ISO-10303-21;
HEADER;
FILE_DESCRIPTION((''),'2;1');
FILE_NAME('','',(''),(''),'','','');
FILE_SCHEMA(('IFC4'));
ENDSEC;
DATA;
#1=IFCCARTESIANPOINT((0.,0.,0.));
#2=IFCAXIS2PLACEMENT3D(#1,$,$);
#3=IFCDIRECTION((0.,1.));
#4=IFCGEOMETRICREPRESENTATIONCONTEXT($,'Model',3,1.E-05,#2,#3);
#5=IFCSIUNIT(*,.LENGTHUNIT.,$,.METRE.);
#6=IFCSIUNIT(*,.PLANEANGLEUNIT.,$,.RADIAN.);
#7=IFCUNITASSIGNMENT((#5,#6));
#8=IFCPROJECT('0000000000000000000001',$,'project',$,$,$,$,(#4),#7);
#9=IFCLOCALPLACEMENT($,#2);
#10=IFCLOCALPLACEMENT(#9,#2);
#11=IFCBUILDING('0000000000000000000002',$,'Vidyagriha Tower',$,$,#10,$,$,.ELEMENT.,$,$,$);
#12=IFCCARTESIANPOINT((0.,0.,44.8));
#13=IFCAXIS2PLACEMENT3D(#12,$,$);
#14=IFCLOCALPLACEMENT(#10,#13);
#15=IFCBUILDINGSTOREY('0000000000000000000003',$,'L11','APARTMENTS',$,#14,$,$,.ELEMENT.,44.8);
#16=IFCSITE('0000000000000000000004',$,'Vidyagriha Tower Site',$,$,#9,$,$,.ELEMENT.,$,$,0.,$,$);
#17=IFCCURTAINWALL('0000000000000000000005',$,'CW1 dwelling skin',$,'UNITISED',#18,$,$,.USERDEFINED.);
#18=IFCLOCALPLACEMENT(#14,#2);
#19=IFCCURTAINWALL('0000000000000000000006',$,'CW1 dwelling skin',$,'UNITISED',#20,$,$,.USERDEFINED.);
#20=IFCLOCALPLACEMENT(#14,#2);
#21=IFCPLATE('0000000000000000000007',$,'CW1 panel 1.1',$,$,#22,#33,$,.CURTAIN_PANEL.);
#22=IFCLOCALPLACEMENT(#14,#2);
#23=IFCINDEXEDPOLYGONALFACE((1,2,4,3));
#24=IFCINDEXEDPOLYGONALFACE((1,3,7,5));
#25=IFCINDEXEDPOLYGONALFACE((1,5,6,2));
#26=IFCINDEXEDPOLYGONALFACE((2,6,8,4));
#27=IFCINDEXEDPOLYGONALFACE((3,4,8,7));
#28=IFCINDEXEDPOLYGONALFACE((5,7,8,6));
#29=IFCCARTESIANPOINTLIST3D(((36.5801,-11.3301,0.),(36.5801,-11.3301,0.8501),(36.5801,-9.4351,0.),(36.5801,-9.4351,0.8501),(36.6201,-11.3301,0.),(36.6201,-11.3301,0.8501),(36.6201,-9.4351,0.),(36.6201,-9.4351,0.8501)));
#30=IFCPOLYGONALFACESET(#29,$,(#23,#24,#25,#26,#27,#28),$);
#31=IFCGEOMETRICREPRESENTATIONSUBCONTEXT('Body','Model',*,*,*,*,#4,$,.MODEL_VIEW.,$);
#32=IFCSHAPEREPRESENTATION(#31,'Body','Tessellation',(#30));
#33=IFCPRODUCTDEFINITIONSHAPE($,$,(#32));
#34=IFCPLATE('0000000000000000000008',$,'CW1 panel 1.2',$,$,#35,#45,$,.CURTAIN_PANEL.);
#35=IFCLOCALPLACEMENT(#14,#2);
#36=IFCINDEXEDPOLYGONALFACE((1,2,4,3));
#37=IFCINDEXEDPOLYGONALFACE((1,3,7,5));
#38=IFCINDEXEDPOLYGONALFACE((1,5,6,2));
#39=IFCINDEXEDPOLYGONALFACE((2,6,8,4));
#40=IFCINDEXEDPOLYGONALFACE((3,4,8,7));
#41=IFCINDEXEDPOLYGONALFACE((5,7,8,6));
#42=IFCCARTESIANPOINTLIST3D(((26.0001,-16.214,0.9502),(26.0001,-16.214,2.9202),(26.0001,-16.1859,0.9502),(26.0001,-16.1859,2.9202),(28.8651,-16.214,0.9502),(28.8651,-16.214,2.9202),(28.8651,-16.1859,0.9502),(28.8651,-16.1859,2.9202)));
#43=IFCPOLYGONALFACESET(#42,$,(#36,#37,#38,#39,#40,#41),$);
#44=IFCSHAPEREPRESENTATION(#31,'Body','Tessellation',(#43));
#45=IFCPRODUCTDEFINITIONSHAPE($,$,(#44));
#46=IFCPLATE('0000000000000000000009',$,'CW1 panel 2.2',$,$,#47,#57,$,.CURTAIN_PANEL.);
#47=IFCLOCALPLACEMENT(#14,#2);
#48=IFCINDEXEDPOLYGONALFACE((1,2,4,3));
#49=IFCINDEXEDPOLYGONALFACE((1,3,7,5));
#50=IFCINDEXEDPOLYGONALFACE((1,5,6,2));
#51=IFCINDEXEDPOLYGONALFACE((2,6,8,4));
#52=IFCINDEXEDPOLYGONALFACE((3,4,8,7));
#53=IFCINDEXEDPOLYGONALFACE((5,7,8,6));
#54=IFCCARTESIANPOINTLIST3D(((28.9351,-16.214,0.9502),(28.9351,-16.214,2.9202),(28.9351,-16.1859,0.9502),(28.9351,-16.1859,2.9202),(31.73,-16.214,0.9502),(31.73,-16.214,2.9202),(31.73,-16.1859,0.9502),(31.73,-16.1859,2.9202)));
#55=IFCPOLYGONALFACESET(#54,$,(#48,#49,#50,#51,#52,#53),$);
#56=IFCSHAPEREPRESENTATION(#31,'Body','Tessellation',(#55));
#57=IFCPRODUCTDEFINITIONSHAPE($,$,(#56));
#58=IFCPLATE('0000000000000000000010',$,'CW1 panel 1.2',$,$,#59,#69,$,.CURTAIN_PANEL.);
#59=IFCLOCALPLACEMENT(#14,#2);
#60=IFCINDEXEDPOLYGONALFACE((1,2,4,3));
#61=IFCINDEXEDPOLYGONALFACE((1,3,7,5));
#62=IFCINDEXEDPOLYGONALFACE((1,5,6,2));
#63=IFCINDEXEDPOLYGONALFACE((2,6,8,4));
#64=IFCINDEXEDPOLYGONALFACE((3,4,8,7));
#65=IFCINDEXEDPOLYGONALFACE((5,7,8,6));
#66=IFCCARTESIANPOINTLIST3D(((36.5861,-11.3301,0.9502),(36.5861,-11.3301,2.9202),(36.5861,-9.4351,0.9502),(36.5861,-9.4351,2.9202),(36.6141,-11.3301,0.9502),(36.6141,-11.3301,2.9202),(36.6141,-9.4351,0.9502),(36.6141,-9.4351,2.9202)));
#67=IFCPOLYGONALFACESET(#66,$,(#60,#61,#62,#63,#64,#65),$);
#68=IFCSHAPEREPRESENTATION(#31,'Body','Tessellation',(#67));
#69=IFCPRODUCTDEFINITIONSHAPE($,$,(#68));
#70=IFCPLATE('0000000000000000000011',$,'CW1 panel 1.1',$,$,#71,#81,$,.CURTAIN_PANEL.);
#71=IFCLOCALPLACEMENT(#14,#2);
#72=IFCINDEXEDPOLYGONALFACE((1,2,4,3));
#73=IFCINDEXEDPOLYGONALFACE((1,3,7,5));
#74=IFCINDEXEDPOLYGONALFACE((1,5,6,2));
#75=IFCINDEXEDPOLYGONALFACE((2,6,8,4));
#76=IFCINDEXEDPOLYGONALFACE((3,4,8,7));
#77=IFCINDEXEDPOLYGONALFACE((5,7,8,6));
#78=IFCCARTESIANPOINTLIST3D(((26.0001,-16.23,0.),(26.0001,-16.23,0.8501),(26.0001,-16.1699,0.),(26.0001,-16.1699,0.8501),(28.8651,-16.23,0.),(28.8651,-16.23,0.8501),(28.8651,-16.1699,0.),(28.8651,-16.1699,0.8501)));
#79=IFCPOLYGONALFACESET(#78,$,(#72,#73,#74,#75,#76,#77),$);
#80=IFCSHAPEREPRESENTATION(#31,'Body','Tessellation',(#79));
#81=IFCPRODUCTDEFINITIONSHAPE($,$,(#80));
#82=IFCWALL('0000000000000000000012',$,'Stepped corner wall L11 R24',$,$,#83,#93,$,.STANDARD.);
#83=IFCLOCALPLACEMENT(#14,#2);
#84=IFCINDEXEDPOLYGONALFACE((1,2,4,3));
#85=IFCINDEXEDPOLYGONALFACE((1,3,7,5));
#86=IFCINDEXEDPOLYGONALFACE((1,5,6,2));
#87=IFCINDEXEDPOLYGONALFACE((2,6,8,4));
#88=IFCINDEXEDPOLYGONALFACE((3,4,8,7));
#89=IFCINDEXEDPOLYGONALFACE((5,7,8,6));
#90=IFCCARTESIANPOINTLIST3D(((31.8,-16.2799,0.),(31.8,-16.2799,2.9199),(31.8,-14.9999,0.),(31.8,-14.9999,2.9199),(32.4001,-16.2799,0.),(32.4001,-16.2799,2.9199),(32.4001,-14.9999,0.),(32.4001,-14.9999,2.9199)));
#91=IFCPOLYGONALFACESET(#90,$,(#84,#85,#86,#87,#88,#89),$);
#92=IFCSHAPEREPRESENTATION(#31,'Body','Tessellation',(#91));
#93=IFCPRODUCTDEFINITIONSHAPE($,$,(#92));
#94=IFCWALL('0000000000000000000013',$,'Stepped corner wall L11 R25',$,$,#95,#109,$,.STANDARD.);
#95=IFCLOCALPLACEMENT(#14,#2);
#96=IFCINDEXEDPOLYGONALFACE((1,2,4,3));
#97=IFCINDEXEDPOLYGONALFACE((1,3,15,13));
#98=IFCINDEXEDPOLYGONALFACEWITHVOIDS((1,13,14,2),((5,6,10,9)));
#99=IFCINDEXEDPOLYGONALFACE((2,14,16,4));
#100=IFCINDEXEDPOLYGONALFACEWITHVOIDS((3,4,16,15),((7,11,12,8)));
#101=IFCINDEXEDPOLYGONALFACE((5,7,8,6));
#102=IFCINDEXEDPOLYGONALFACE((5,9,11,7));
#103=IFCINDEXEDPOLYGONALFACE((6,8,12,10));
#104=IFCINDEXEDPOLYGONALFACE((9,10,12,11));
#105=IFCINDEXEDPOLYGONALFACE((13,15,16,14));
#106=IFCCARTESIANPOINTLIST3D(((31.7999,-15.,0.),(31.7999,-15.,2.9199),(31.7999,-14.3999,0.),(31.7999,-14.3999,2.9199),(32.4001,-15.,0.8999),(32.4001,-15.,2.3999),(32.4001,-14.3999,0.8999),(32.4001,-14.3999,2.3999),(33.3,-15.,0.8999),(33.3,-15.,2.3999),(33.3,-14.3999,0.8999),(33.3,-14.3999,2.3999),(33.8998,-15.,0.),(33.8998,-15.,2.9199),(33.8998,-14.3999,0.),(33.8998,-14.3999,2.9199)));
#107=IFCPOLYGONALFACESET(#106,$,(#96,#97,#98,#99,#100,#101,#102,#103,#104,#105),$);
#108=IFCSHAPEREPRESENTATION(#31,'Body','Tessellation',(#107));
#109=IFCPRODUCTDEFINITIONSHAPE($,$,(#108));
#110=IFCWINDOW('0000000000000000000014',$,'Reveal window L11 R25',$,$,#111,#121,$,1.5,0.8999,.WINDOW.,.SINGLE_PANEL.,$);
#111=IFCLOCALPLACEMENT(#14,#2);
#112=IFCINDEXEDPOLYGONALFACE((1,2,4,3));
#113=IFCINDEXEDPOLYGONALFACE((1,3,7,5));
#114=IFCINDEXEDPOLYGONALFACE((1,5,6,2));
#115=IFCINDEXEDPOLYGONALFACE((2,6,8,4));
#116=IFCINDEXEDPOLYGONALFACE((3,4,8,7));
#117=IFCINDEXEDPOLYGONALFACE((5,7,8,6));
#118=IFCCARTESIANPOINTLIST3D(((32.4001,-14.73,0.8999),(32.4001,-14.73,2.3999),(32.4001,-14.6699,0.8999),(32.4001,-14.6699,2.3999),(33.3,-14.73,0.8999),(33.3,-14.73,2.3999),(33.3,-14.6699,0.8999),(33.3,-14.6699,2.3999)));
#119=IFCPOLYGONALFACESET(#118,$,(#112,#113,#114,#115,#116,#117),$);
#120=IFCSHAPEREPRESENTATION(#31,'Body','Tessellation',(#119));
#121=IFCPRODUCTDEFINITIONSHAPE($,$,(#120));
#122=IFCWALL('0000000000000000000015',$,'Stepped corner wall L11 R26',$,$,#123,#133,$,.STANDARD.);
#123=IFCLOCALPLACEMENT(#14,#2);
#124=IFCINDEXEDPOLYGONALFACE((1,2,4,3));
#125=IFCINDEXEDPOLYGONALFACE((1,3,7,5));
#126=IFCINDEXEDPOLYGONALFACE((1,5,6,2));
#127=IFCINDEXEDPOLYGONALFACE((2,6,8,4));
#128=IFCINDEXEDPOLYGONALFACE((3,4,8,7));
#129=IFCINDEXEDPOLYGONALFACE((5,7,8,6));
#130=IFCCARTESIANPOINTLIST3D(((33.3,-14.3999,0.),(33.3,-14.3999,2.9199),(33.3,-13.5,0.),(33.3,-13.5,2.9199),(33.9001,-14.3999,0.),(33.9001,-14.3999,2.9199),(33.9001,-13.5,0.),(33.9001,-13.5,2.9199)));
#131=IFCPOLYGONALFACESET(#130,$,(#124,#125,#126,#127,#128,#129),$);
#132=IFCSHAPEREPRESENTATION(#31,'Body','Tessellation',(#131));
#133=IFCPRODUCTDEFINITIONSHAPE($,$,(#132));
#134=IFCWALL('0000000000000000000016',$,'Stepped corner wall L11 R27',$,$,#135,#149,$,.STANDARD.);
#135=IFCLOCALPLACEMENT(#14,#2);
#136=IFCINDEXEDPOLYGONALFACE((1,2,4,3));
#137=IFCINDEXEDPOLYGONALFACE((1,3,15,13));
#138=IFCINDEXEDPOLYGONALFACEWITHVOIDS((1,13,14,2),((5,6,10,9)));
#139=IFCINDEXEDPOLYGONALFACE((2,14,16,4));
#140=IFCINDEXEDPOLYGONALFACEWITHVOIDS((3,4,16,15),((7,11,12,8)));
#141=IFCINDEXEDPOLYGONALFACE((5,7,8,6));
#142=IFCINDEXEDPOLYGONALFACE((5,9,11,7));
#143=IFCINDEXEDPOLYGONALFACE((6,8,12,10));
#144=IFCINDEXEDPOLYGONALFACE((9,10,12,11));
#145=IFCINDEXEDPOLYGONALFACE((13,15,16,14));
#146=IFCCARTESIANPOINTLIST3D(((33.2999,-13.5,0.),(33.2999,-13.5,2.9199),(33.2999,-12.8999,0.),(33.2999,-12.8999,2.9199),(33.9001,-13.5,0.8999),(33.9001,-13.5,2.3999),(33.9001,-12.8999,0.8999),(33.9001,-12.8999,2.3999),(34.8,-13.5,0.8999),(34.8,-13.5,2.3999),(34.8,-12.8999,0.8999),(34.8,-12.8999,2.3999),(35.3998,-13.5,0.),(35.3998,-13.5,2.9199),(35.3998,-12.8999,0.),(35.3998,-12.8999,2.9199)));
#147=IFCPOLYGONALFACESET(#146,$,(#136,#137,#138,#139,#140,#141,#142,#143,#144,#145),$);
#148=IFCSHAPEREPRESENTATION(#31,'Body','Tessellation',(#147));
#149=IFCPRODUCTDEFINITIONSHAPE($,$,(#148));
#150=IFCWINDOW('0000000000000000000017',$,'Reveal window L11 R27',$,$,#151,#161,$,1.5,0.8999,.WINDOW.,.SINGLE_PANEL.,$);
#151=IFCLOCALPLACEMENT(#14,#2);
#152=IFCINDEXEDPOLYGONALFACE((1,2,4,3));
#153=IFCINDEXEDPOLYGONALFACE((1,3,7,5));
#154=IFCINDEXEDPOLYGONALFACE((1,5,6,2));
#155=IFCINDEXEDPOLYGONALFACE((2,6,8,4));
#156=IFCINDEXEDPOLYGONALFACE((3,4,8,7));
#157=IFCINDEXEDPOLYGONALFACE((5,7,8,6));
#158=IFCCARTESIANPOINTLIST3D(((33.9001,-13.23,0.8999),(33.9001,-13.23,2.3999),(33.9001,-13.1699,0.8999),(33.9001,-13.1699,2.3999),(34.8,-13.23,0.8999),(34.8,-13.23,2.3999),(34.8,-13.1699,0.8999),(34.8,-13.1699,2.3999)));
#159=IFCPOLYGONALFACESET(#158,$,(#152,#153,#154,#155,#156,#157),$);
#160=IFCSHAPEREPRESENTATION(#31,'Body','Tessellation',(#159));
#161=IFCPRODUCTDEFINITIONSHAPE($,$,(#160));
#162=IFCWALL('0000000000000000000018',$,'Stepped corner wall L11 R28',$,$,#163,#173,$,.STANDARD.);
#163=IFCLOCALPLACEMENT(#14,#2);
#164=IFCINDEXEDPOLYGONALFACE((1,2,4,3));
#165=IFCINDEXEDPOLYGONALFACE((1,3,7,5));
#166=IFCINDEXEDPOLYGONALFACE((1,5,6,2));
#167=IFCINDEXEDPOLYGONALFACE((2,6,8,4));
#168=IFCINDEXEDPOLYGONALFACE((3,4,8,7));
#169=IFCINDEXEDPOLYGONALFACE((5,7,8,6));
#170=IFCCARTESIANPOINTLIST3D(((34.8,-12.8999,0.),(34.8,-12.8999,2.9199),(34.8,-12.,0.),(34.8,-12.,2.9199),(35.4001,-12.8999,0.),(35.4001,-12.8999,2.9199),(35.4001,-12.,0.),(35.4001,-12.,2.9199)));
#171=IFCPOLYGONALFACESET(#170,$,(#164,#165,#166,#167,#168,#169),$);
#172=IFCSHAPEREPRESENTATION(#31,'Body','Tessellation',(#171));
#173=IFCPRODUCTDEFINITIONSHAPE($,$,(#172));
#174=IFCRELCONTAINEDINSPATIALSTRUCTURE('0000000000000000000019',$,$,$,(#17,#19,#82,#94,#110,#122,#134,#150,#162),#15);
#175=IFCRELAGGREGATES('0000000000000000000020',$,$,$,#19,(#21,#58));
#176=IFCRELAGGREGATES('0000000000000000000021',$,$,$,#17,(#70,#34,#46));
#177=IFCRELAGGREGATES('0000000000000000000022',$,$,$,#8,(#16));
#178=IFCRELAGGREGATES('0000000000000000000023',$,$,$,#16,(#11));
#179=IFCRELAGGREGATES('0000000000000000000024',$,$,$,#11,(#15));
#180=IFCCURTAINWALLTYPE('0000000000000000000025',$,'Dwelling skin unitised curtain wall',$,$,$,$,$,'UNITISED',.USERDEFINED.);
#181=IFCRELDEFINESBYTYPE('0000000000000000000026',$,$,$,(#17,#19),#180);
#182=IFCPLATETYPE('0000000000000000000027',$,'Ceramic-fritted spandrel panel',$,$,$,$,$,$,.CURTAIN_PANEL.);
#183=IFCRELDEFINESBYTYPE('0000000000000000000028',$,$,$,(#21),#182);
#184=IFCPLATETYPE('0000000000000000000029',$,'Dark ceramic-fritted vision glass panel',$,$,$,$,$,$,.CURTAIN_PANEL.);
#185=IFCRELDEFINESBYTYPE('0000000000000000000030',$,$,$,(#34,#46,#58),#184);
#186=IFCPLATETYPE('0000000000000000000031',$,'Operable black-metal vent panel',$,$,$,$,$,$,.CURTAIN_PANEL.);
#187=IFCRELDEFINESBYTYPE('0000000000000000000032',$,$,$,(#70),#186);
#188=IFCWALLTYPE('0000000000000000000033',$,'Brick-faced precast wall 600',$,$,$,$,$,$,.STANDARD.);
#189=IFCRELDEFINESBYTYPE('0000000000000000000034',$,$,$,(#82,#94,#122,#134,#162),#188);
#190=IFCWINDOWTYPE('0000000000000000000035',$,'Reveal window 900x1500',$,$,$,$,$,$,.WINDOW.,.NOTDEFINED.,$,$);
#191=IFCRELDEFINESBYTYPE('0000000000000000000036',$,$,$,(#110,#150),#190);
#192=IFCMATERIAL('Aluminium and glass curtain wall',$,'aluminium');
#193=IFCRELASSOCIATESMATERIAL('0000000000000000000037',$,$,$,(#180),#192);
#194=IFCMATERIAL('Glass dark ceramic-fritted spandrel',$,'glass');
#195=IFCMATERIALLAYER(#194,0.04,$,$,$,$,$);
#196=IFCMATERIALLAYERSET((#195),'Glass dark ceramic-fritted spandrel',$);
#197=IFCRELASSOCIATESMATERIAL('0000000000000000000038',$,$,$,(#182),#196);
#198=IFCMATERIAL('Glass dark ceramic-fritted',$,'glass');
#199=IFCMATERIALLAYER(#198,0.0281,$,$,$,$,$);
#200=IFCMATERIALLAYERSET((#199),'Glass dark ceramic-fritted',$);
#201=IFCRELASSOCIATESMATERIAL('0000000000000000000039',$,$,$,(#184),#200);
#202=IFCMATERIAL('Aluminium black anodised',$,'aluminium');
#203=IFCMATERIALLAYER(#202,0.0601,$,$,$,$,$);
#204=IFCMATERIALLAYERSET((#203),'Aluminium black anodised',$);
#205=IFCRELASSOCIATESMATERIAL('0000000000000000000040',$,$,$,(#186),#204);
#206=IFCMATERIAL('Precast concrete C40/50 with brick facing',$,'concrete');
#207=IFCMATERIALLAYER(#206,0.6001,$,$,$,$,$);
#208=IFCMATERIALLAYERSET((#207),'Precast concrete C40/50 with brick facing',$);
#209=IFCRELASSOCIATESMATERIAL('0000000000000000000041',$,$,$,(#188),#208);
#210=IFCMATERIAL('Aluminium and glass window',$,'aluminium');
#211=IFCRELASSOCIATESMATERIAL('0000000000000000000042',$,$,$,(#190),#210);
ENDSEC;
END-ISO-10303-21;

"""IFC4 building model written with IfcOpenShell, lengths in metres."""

from ifc_helpers import new_model, si_unit, direction, frame, frame_2d, origin, origin_2d, place, context, subcontext, project, spatial, rectangle, extrude, material, layer, layer_set, type_object, element, fill, aggregate, save


model = new_model("IFC4")

# Units and contexts
model_context = context("Model", 3, precision=1e-05, world=origin(), true_north=direction((0.0, 1.0)))
body_context = subcontext(model_context, "Body", "Model", "MODEL_VIEW")
ifc_project = project(units=[si_unit("LENGTHUNIT", "METRE"), si_unit("PLANEANGLEUNIT", "RADIAN")], contexts=[model_context])

# Site, building, storey
site_placement = place(None, origin())
site = spatial("IfcSite", under=ifc_project, at=site_placement, Name="Vidyagriha Tower Site", CompositionType="ELEMENT", RefElevation=0.0)
building_placement = place(site_placement, origin())
building = spatial("IfcBuilding", under=site, at=building_placement, Name="Vidyagriha Tower", CompositionType="ELEMENT")
storey_placement = place(building_placement, frame((0.0, 0.0, 44.8)))
storey = spatial("IfcBuildingStorey", under=building, at=storey_placement, Name="L11", Description="APARTMENTS", CompositionType="ELEMENT", Elevation=44.8)

# Curtain wall
ifc_material_1 = material(Name="Aluminium and glass curtain wall", Category="aluminium")
curtain_wall_type = type_object("IfcCurtainWallType", Name="Dwelling skin unitised curtain wall", ElementType="UNITISED", PredefinedType="USERDEFINED", material=ifc_material_1)
curtain_wall_1_placement = place(storey_placement, origin())
curtain_wall_1 = element("IfcCurtainWall", 1, at=curtain_wall_1_placement, inside=storey, type_object=curtain_wall_type, Name="CW1 dwelling skin", ObjectType="UNITISED", PredefinedType="USERDEFINED")

# Curtain wall
curtain_wall_2_placement = place(storey_placement, origin())
curtain_wall_2 = element("IfcCurtainWall", 2, at=curtain_wall_2_placement, inside=storey, type_object=curtain_wall_type, Name="CW1 dwelling skin", ObjectType="UNITISED", PredefinedType="USERDEFINED")

# Plates
ifc_material_2 = material(Name="Glass dark ceramic-fritted spandrel", Category="glass")
ifc_layer_1 = layer(ifc_material_2, 0.04)
ifc_layer_set_1 = layer_set([ifc_layer_1], Name="Glass dark ceramic-fritted spandrel")
plate_type_1 = type_object("IfcPlateType", Name="Ceramic-fritted spandrel panel", PredefinedType="CURTAIN_PANEL", material=ifc_layer_set_1)
plate_1_placement = place(storey_placement, frame((36.6001, -10.3826, 0.0), z_axis=(0.0, 0.0, 1.0), x_axis=(0.0, 1.0, 0.0)))
plate_1 = element("IfcPlate", 3, at=plate_1_placement, type_object=plate_type_1, Name="CW1 panel 1.1", PredefinedType="CURTAIN_PANEL", context=body_context, shape_type="SweptSolid", body=[
    extrude(rectangle(XDim=1.895, YDim=0.04, at=origin_2d()), origin(), (0.0, 0.0, 1.0), 0.8501),
])
ifc_material_3 = material(Name="Glass dark ceramic-fritted", Category="glass")
ifc_layer_2 = layer(ifc_material_3, 0.0281)
ifc_layer_set_2 = layer_set([ifc_layer_2], Name="Glass dark ceramic-fritted")
plate_type_2 = type_object("IfcPlateType", Name="Dark ceramic-fritted vision glass panel", PredefinedType="CURTAIN_PANEL", material=ifc_layer_set_2)
plate_2_placement = place(storey_placement, frame((27.4326, -16.2, 0.9502)))
plate_2 = element("IfcPlate", 4, at=plate_2_placement, type_object=plate_type_2, Name="CW1 panel 1.2", PredefinedType="CURTAIN_PANEL", context=body_context, shape_type="SweptSolid", body=[
    extrude(rectangle(XDim=2.865, YDim=0.0281, at=origin_2d()), origin(), (0.0, 0.0, 1.0), 1.97),
])
plate_3_placement = place(storey_placement, frame((30.3325, -16.2, 0.9502)))
plate_3 = element("IfcPlate", 5, at=plate_3_placement, type_object=plate_type_2, Name="CW1 panel 2.2", PredefinedType="CURTAIN_PANEL", context=body_context, shape_type="SweptSolid", body=[
    extrude(rectangle(XDim=2.7949, YDim=0.0281, at=origin_2d()), origin(), (0.0, 0.0, 1.0), 1.97),
])
plate_4_placement = place(storey_placement, frame((36.6001, -10.3826, 0.9502), z_axis=(0.0, 0.0, 1.0), x_axis=(0.0, 1.0, 0.0)))
plate_4 = element("IfcPlate", 6, at=plate_4_placement, type_object=plate_type_2, Name="CW1 panel 1.2", PredefinedType="CURTAIN_PANEL", context=body_context, shape_type="SweptSolid", body=[
    extrude(rectangle(XDim=1.895, YDim=0.0281, at=origin_2d()), origin(), (0.0, 0.0, 1.0), 1.97),
])
aggregate(curtain_wall_2, [plate_1, plate_4])
ifc_material_4 = material(Name="Aluminium black anodised", Category="aluminium")
ifc_layer_3 = layer(ifc_material_4, 0.0601)
ifc_layer_set_3 = layer_set([ifc_layer_3], Name="Aluminium black anodised")
plate_type_3 = type_object("IfcPlateType", Name="Operable black-metal vent panel", PredefinedType="CURTAIN_PANEL", material=ifc_layer_set_3)
plate_5_placement = place(storey_placement, frame((27.4326, -16.2, 0.0)))
plate_5 = element("IfcPlate", 7, at=plate_5_placement, type_object=plate_type_3, Name="CW1 panel 1.1", PredefinedType="CURTAIN_PANEL", context=body_context, shape_type="SweptSolid", body=[
    extrude(rectangle(XDim=2.865, YDim=0.0601, at=origin_2d()), origin(), (0.0, 0.0, 1.0), 0.8501),
])
aggregate(curtain_wall_1, [plate_5, plate_2, plate_3])

# Wall
ifc_material_5 = material(Name="Precast concrete C40/50 with brick facing", Category="concrete")
ifc_layer_4 = layer(ifc_material_5, 0.6001)
ifc_layer_set_4 = layer_set([ifc_layer_4], Name="Precast concrete C40/50 with brick facing")
wall_type = type_object("IfcWallType", Name="Brick-faced precast wall 600", PredefinedType="STANDARD", material=ifc_layer_set_4)
wall_1_placement = place(storey_placement, frame((32.1001, -16.28, 0.0), z_axis=(0.0, 0.0, 1.0), x_axis=(0.0, 1.0, 0.0)))
element("IfcWall", 8, at=wall_1_placement, inside=storey, type_object=wall_type, Name="Stepped corner wall L11 R24", PredefinedType="STANDARD", context=body_context, shape_type="SweptSolid", body=[
    extrude(rectangle(XDim=1.28, YDim=0.6001, at=frame_2d((0.6401, 0.0))), origin(), (0.0, 0.0, 1.0), 2.9199),
])

# Wall, opening, window
wall_2_placement = place(storey_placement, frame((31.8, -14.7, 0.0)))
wall_2 = element("IfcWall", 9, at=wall_2_placement, inside=storey, type_object=wall_type, Name="Stepped corner wall L11 R25", PredefinedType="STANDARD", context=body_context, shape_type="SweptSolid", body=[
    extrude(rectangle(XDim=2.0999, YDim=0.6001, at=frame_2d((1.0498, 0.0))), origin(), (0.0, 0.0, 1.0), 2.9199),
])
opening_1_placement = place(wall_2_placement, frame((0.6001, 0.0, 0.8999)))
opening_1 = element("IfcOpeningElement", 10, at=opening_1_placement, cuts=wall_2, PredefinedType="OPENING", context=body_context, shape_type="SweptSolid", body=[
    extrude(rectangle(XDim=0.8999, YDim=1.5, at=frame_2d((0.45, 0.75))), frame((0.0, 0.3101, 0.0), z_axis=(0.0, -1.0, 0.0), x_axis=(1.0, 0.0, 0.0)), (0.0, 0.0, 1.0), 0.6201),
])
ifc_material_6 = material(Name="Aluminium and glass window", Category="aluminium")
window_type = type_object("IfcWindowType", Name="Reveal window 900x1500", PartitioningType="NOTDEFINED", PredefinedType="WINDOW", material=ifc_material_6)
window_1_placement = place(opening_1_placement, origin())
window_1 = element("IfcWindow", 11, at=window_1_placement, inside=storey, type_object=window_type, Name="Reveal window L11 R25", OverallHeight=1.5, OverallWidth=0.8999, PartitioningType="SINGLE_PANEL", PredefinedType="WINDOW", context=body_context, shape_type="SweptSolid", body=[
    extrude(rectangle(XDim=0.8999, YDim=1.5, at=frame_2d((0.45, 0.75))), frame((0.0, 0.03, 0.0), z_axis=(0.0, -1.0, 0.0), x_axis=(1.0, 0.0, 0.0)), (0.0, 0.0, 1.0), 0.0601),
])
fill(opening_1, window_1)

# Wall
wall_3_placement = place(storey_placement, frame((33.6001, -14.3999, 0.0), z_axis=(0.0, 0.0, 1.0), x_axis=(0.0, 1.0, 0.0)))
element("IfcWall", 12, at=wall_3_placement, inside=storey, type_object=wall_type, Name="Stepped corner wall L11 R26", PredefinedType="STANDARD", context=body_context, shape_type="SweptSolid", body=[
    extrude(rectangle(XDim=0.8999, YDim=0.6001, at=frame_2d((0.45, 0.0))), origin(), (0.0, 0.0, 1.0), 2.9199),
])

# Wall, opening, window
wall_4_placement = place(storey_placement, frame((33.3, -13.2, 0.0)))
wall_4 = element("IfcWall", 13, at=wall_4_placement, inside=storey, type_object=wall_type, Name="Stepped corner wall L11 R27", PredefinedType="STANDARD", context=body_context, shape_type="SweptSolid", body=[
    extrude(rectangle(XDim=2.0999, YDim=0.6001, at=frame_2d((1.0498, 0.0))), origin(), (0.0, 0.0, 1.0), 2.9199),
])
opening_2_placement = place(wall_4_placement, frame((0.6001, 0.0, 0.8999)))
opening_2 = element("IfcOpeningElement", 14, at=opening_2_placement, cuts=wall_4, PredefinedType="OPENING", context=body_context, shape_type="SweptSolid", body=[
    extrude(rectangle(XDim=0.8999, YDim=1.5, at=frame_2d((0.45, 0.75))), frame((0.0, 0.3101, 0.0), z_axis=(0.0, -1.0, 0.0), x_axis=(1.0, 0.0, 0.0)), (0.0, 0.0, 1.0), 0.6201),
])
window_2_placement = place(opening_2_placement, origin())
window_2 = element("IfcWindow", 15, at=window_2_placement, inside=storey, type_object=window_type, Name="Reveal window L11 R27", OverallHeight=1.5, OverallWidth=0.8999, PartitioningType="SINGLE_PANEL", PredefinedType="WINDOW", context=body_context, shape_type="SweptSolid", body=[
    extrude(rectangle(XDim=0.8999, YDim=1.5, at=frame_2d((0.45, 0.75))), frame((0.0, 0.03, 0.0), z_axis=(0.0, -1.0, 0.0), x_axis=(1.0, 0.0, 0.0)), (0.0, 0.0, 1.0), 0.0601),
])
fill(opening_2, window_2)

# Wall
wall_5_placement = place(storey_placement, frame((35.1001, -12.8999, 0.0), z_axis=(0.0, 0.0, 1.0), x_axis=(0.0, 1.0, 0.0)))
element("IfcWall", 16, at=wall_5_placement, inside=storey, type_object=wall_type, Name="Stepped corner wall L11 R28", PredefinedType="STANDARD", context=body_context, shape_type="SweptSolid", body=[
    extrude(rectangle(XDim=0.8999, YDim=0.6001, at=frame_2d((0.45, 0.0))), origin(), (0.0, 0.0, 1.0), 2.9199),
])

save(model, "model.ifc")
